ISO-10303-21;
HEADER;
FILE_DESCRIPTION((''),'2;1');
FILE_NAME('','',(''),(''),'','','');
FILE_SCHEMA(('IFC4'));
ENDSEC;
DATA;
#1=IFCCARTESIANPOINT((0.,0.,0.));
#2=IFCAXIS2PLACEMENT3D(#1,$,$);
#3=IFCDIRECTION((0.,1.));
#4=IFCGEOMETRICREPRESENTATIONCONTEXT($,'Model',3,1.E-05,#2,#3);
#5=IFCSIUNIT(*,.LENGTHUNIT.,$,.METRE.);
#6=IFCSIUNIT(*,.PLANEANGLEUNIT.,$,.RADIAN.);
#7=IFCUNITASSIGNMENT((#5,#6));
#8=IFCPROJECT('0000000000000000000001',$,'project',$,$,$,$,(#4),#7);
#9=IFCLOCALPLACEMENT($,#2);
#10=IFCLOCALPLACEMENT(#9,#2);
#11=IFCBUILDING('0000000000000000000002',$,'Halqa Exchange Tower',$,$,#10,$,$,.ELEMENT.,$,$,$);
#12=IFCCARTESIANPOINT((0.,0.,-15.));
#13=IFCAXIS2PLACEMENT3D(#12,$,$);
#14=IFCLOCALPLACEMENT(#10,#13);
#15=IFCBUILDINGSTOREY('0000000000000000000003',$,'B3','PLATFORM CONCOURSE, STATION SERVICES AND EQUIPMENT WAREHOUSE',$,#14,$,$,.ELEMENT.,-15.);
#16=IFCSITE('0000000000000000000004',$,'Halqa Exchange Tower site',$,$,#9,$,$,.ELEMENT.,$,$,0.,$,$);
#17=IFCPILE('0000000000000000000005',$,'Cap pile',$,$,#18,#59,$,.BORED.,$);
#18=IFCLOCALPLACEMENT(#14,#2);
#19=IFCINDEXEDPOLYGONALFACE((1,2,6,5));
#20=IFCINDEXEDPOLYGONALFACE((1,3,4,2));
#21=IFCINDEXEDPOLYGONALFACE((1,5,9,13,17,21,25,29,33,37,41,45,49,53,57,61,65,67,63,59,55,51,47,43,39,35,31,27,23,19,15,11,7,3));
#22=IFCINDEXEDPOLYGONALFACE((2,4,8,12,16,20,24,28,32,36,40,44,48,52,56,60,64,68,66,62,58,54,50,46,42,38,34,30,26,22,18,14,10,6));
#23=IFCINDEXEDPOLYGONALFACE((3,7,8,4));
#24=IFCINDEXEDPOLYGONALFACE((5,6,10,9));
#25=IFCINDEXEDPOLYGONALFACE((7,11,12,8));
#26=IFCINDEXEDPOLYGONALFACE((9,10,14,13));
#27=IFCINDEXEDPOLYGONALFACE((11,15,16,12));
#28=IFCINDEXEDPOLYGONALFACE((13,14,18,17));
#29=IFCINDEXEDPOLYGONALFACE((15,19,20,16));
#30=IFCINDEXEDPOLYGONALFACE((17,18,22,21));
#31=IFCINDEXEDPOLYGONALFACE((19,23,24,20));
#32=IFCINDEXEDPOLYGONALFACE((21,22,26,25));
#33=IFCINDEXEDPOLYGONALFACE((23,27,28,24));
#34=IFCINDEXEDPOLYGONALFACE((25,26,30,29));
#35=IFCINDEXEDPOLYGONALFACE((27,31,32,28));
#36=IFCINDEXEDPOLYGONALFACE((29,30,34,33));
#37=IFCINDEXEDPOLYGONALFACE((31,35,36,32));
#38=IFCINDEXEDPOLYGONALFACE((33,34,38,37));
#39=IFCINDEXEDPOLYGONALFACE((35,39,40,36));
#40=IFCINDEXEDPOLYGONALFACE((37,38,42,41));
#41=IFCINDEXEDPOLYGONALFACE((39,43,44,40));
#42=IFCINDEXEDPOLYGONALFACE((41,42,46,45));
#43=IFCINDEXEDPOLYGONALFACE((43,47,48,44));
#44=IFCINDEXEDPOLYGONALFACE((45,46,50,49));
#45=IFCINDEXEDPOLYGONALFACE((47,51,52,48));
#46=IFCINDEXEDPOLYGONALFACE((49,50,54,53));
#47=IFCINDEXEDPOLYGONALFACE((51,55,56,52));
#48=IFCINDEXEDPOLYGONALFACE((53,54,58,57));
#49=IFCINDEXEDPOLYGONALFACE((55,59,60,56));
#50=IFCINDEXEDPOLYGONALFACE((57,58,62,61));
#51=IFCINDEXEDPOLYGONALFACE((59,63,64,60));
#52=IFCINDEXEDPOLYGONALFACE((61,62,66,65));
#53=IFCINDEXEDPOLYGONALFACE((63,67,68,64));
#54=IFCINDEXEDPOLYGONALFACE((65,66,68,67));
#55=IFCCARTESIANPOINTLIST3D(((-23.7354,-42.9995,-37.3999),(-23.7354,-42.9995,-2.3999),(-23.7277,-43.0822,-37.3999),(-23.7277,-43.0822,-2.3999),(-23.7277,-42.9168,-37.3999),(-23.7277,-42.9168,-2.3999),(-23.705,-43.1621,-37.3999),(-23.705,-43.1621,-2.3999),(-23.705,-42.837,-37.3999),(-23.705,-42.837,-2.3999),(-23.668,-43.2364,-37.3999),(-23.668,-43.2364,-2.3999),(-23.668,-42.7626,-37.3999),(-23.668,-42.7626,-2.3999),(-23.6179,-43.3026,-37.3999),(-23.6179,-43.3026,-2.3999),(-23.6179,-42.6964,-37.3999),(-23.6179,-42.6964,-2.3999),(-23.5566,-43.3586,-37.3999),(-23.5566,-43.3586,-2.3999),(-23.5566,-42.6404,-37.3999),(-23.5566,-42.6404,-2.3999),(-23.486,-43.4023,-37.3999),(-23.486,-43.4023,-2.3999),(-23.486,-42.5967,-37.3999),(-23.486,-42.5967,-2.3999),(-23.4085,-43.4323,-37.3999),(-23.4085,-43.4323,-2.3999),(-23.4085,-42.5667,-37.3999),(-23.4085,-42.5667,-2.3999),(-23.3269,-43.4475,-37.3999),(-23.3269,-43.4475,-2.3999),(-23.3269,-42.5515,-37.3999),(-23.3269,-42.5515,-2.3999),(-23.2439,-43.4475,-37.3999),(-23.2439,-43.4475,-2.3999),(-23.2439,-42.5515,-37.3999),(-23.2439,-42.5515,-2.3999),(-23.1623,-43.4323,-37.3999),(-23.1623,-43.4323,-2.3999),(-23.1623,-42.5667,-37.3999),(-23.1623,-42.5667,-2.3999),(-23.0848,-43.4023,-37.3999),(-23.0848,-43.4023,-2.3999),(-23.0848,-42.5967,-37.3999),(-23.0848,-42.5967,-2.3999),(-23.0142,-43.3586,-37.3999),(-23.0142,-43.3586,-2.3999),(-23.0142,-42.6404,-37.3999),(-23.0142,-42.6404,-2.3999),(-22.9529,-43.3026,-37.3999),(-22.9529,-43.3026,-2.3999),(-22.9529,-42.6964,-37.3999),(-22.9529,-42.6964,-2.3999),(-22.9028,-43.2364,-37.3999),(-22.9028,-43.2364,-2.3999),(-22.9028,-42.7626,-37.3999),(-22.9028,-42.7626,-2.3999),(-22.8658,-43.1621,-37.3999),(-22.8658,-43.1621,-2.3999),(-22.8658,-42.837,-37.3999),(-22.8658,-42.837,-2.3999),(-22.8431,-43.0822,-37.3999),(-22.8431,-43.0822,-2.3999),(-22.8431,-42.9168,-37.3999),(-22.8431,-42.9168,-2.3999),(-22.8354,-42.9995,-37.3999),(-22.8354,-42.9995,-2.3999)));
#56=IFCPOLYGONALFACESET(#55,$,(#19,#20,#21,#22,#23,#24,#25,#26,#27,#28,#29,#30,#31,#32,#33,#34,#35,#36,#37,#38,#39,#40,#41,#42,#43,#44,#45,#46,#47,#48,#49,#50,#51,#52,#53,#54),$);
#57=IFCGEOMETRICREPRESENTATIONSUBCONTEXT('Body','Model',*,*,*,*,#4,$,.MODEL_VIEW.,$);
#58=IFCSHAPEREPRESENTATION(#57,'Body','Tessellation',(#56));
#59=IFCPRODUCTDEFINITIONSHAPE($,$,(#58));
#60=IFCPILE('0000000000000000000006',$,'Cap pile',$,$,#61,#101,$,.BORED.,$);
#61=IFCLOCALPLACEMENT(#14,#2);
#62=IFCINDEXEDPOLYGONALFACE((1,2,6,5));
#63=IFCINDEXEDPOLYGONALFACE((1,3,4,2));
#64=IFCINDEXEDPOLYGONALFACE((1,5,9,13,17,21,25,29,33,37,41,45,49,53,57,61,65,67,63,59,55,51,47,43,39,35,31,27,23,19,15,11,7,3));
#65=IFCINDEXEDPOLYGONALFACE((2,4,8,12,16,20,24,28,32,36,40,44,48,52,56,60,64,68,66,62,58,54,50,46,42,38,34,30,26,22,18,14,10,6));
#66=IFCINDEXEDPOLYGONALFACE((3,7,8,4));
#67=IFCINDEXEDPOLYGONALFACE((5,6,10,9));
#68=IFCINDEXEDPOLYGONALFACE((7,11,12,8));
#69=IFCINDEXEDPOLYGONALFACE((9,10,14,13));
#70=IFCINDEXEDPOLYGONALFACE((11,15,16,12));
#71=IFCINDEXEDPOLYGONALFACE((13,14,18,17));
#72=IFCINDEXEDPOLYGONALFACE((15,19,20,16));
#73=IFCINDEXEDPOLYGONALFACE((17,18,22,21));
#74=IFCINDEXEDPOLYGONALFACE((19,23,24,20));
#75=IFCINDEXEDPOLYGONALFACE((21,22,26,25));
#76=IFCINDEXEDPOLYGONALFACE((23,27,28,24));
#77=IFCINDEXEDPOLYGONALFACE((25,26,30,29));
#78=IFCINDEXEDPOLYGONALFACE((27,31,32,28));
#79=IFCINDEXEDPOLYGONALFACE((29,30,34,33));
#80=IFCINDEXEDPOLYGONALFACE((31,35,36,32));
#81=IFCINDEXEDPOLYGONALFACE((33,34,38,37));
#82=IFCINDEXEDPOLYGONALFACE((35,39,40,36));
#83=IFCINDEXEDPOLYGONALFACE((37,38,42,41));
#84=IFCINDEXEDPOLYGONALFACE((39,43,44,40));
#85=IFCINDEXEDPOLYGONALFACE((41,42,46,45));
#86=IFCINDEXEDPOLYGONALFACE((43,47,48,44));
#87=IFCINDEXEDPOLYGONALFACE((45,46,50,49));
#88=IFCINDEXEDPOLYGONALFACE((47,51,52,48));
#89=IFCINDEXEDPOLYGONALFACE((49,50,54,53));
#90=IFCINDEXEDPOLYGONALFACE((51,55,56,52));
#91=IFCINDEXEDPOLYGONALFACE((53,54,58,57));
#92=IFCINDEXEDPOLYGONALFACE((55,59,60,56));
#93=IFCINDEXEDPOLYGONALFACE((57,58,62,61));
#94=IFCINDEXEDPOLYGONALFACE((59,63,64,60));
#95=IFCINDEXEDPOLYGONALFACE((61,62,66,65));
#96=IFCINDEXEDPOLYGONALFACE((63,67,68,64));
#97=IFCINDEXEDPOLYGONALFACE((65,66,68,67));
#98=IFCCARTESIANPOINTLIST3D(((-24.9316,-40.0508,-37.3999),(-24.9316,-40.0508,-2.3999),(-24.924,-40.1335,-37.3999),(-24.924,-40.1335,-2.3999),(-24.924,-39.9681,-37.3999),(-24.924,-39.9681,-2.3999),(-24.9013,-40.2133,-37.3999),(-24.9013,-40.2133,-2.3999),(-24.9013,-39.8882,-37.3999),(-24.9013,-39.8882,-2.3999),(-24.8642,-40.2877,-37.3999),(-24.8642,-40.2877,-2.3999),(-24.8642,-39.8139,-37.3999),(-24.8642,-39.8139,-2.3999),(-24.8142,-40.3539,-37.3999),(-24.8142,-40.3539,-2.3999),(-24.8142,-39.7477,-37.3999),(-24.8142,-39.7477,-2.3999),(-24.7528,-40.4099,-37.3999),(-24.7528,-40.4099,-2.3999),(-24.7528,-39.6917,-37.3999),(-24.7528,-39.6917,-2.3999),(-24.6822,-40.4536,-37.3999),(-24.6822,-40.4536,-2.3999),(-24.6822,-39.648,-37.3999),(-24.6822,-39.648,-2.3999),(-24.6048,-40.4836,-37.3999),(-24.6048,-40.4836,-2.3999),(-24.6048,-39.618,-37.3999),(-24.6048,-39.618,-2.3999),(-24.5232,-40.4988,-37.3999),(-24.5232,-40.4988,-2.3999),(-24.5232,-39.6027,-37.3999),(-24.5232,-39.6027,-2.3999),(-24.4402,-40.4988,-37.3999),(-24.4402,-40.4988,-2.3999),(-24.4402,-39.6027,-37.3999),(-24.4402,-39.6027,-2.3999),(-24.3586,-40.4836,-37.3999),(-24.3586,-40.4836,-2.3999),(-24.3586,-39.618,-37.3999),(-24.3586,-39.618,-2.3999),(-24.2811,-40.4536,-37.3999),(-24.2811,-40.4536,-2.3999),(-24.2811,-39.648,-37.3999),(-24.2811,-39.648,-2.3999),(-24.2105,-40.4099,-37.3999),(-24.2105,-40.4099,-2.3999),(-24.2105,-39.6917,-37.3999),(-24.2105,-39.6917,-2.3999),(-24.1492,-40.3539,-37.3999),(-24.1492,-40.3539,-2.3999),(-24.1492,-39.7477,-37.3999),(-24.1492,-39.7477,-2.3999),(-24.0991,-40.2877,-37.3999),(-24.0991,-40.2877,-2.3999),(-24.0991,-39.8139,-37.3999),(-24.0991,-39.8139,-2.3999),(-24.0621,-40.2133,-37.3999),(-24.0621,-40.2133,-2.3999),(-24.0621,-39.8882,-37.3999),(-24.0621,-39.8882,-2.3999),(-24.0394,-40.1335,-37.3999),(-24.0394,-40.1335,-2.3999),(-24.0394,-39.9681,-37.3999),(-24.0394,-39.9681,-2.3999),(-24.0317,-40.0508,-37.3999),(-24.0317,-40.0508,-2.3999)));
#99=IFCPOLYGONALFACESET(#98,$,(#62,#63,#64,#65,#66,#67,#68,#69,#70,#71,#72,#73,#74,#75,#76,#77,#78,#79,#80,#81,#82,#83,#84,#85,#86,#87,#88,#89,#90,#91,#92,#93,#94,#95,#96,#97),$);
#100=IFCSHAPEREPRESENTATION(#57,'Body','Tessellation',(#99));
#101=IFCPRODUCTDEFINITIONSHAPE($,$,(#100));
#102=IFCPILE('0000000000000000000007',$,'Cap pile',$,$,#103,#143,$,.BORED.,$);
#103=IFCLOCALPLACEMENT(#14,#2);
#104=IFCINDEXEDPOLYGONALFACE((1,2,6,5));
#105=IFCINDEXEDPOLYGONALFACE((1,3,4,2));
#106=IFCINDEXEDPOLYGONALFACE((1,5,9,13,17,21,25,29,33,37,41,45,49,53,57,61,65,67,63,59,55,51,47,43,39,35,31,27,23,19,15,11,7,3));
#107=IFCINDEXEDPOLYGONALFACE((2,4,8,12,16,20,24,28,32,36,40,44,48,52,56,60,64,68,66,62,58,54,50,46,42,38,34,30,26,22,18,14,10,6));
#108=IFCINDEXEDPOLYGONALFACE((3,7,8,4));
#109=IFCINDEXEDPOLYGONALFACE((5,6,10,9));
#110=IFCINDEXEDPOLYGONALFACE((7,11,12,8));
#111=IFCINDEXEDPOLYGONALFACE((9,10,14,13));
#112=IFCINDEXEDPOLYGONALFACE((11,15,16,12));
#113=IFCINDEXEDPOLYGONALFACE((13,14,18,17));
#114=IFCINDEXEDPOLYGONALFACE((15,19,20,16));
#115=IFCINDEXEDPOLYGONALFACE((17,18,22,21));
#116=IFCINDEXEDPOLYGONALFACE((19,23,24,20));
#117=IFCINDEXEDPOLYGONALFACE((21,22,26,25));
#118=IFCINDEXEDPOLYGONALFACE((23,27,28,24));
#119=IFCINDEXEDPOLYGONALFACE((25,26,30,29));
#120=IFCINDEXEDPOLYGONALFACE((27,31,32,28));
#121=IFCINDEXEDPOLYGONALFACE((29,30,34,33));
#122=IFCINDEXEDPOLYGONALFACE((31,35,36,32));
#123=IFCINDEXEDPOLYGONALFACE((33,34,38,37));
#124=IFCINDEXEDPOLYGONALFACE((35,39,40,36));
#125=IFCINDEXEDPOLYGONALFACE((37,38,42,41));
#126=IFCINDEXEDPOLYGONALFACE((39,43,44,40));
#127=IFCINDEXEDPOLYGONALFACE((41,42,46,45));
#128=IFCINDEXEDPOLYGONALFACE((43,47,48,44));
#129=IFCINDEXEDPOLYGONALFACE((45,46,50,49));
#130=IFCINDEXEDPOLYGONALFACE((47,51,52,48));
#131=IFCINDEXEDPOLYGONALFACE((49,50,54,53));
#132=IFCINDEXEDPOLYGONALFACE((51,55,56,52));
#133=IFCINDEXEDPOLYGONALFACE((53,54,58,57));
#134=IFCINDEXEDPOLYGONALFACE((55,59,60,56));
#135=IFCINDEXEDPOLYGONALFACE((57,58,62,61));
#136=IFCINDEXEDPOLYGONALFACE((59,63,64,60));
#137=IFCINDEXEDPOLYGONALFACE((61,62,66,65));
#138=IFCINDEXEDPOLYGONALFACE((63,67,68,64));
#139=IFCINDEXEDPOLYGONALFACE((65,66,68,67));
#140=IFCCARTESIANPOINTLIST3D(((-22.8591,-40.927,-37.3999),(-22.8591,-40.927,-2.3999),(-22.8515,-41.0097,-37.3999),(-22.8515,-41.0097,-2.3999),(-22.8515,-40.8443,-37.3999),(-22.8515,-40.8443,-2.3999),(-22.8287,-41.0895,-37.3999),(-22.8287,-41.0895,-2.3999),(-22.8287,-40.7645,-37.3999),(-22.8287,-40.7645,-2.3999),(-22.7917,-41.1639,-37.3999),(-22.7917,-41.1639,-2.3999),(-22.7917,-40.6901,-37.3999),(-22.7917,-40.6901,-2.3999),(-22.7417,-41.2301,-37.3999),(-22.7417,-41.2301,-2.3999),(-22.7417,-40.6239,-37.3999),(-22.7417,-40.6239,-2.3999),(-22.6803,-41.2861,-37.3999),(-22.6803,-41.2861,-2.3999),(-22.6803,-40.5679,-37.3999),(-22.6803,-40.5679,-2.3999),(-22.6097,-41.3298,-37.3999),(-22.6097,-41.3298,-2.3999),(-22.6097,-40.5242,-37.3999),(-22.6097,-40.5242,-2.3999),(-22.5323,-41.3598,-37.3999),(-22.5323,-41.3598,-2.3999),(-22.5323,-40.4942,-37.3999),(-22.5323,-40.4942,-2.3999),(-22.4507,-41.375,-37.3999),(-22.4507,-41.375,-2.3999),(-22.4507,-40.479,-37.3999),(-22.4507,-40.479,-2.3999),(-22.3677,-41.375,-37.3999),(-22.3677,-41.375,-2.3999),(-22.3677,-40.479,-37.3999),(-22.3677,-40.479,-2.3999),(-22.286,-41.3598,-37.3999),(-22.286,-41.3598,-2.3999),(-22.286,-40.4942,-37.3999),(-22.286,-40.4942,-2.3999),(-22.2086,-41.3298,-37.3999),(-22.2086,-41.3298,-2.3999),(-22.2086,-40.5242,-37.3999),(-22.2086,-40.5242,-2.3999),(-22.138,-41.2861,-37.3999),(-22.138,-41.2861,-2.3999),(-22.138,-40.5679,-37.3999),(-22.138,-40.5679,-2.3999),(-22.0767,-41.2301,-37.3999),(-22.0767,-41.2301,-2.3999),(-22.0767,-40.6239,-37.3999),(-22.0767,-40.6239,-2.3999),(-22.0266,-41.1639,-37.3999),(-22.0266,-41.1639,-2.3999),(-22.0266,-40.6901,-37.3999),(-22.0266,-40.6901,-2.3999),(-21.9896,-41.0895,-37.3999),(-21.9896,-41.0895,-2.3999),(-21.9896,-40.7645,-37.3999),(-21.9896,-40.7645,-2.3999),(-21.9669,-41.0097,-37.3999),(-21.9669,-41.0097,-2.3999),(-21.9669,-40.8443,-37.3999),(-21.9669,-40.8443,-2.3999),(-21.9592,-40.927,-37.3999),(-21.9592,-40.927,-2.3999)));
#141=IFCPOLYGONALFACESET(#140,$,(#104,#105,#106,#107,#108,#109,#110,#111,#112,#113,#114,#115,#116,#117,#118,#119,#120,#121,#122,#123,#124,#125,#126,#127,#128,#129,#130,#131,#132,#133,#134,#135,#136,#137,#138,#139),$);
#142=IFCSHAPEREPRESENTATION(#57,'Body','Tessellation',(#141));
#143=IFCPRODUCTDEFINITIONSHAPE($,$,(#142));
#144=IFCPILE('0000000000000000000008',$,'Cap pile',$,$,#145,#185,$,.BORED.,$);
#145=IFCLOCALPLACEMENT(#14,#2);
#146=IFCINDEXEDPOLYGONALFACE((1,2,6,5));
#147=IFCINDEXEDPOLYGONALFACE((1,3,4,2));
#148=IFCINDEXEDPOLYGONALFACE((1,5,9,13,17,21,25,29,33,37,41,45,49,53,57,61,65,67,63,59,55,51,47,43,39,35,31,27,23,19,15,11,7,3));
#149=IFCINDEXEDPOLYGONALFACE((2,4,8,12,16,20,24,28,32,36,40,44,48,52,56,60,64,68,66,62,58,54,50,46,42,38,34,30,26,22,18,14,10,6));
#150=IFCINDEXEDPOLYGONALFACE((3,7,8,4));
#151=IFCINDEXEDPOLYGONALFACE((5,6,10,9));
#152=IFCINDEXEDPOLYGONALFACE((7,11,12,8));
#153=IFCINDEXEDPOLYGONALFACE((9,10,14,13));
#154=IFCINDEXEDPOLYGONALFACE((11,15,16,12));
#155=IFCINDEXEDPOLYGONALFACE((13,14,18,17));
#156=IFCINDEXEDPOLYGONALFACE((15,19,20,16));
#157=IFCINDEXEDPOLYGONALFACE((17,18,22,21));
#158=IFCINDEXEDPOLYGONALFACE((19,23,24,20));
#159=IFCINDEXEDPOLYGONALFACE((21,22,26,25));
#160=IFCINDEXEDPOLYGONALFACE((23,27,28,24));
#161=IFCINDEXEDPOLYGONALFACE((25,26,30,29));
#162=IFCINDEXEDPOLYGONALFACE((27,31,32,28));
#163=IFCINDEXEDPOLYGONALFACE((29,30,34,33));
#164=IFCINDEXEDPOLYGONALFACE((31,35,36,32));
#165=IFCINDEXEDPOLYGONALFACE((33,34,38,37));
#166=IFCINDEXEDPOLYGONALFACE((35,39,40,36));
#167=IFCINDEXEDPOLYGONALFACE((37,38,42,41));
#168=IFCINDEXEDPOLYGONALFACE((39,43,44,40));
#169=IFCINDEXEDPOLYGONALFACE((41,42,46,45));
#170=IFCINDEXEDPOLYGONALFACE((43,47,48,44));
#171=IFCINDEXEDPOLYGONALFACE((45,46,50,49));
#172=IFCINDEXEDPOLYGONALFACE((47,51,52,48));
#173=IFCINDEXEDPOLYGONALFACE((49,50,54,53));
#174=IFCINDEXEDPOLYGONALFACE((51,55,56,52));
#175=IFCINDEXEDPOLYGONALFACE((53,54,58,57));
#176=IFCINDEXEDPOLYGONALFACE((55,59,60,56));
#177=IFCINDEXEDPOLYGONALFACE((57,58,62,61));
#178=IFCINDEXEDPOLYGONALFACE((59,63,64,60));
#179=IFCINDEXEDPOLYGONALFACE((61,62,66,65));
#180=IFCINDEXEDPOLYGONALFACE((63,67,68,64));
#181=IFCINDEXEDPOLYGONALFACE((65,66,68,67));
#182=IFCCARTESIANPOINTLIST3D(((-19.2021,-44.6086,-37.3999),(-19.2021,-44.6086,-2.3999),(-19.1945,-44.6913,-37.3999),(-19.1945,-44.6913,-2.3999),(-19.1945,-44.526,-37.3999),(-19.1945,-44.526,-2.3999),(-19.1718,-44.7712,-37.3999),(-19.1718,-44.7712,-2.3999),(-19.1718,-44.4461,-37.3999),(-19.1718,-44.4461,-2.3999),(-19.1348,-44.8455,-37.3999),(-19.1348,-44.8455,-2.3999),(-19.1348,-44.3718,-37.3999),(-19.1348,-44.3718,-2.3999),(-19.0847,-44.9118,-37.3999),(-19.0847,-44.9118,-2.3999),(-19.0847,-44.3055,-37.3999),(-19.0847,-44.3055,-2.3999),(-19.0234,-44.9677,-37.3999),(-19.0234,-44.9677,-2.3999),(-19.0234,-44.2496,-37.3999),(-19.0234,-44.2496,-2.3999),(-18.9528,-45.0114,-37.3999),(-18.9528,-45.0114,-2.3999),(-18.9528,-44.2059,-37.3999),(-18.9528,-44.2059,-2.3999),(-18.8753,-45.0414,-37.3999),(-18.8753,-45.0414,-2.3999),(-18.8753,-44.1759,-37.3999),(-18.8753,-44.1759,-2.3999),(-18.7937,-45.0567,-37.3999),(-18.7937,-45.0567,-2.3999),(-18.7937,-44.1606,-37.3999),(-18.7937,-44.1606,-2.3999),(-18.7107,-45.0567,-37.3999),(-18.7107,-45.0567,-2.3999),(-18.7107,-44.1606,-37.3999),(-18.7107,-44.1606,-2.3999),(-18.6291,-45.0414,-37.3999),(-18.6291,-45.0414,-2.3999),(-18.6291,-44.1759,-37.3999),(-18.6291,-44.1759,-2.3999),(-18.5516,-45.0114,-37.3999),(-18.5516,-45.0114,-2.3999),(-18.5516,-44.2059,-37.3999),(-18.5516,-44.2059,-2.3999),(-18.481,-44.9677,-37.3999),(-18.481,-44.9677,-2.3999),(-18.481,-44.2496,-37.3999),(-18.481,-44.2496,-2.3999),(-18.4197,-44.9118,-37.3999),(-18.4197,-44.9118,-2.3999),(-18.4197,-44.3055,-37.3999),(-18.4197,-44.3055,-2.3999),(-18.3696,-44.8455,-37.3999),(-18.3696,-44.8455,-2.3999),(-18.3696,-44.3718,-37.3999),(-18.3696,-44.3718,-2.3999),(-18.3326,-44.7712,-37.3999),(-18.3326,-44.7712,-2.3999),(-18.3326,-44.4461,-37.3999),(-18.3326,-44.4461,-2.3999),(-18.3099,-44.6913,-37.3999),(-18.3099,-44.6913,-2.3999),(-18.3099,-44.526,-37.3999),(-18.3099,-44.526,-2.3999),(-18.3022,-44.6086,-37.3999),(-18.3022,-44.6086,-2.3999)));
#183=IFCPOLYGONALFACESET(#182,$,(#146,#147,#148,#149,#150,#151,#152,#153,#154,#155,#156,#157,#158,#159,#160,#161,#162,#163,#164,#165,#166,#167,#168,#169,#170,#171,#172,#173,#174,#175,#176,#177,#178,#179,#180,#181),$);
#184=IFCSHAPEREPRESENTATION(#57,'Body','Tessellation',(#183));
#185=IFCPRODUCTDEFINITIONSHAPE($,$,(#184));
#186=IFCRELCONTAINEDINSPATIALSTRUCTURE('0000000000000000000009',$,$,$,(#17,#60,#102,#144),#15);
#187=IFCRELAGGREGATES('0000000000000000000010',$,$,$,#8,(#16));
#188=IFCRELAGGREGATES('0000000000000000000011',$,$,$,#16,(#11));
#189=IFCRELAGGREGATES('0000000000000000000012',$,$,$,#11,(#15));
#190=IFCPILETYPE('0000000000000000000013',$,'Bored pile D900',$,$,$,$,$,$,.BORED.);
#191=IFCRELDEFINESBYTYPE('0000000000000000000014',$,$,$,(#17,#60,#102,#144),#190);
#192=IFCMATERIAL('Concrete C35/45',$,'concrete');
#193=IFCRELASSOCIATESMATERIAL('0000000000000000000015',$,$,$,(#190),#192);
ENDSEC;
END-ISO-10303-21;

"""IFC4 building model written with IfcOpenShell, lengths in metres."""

from ifc_helpers import new_model, si_unit, direction, frame, origin, origin_2d, place, context, subcontext, project, spatial, circle, extrude, material, material_profile, profile_set, type_object, element, save


model = new_model("IFC4")

# Units and contexts
model_context = context("Model", 3, precision=1e-05, world=origin(), true_north=direction((0.0, 1.0)))
body_context = subcontext(model_context, "Body", "Model", "MODEL_VIEW")
ifc_project = project(units=[si_unit("LENGTHUNIT", "METRE"), si_unit("PLANEANGLEUNIT", "RADIAN")], contexts=[model_context])

# Site, building, storey
site_placement = place(None, origin())
site = spatial("IfcSite", under=ifc_project, at=site_placement, Name="Halqa Exchange Tower site", CompositionType="ELEMENT", RefElevation=0.0)
building_placement = place(site_placement, origin())
building = spatial("IfcBuilding", under=site, at=building_placement, Name="Halqa Exchange Tower", CompositionType="ELEMENT")
storey_placement = place(building_placement, frame((0.0, 0.0, -15.0)))
storey = spatial("IfcBuildingStorey", under=building, at=storey_placement, Name="B3", Description="PLATFORM CONCOURSE, STATION SERVICES AND EQUIPMENT WAREHOUSE", CompositionType="ELEMENT", Elevation=-15.0)

# Piles
ifc_material_1 = material(Name="Concrete C35/45", Category="concrete")
ifc_material_profile_1 = material_profile(ifc_material_1, circle(Radius=0.45, at=origin_2d()), Name="D900")
ifc_profile_set_1 = profile_set([ifc_material_profile_1], Name="Concrete C35/45")
pile_type = type_object("IfcPileType", Name="Bored pile D900", PredefinedType="BORED", material=ifc_profile_set_1)
for number, where, z_axis, x_axis, name in (
    (1, (-23.2854, -42.9995, -2.3999), (0.0, 0.0, -1.0), (1.0, 0.0, 0.0), "Cap pile"),
    (2, (-24.4817, -40.0508, -2.3999), (0.0, 0.0, -1.0), (1.0, 0.0, 0.0), "Cap pile"),
    (3, (-22.4092, -40.927, -2.3999), (0.0, 0.0, -1.0), (1.0, 0.0, 0.0), "Cap pile"),
    (4, (-18.7522, -44.6086, -2.3999), (0.0, 0.0, -1.0), (1.0, 0.0, 0.0), "Cap pile"),
):
    element("IfcPile", number, at=place(storey_placement, frame(where, z_axis=z_axis, x_axis=x_axis)), inside=storey, type_object=pile_type, Name=name, PredefinedType="BORED", context=body_context, shape_type="SweptSolid", body=[
        extrude(circle(Radius=0.45, at=origin_2d()), origin(), (0.0, 0.0, 1.0), 35.0),
    ])

save(model, "model.ifc")
